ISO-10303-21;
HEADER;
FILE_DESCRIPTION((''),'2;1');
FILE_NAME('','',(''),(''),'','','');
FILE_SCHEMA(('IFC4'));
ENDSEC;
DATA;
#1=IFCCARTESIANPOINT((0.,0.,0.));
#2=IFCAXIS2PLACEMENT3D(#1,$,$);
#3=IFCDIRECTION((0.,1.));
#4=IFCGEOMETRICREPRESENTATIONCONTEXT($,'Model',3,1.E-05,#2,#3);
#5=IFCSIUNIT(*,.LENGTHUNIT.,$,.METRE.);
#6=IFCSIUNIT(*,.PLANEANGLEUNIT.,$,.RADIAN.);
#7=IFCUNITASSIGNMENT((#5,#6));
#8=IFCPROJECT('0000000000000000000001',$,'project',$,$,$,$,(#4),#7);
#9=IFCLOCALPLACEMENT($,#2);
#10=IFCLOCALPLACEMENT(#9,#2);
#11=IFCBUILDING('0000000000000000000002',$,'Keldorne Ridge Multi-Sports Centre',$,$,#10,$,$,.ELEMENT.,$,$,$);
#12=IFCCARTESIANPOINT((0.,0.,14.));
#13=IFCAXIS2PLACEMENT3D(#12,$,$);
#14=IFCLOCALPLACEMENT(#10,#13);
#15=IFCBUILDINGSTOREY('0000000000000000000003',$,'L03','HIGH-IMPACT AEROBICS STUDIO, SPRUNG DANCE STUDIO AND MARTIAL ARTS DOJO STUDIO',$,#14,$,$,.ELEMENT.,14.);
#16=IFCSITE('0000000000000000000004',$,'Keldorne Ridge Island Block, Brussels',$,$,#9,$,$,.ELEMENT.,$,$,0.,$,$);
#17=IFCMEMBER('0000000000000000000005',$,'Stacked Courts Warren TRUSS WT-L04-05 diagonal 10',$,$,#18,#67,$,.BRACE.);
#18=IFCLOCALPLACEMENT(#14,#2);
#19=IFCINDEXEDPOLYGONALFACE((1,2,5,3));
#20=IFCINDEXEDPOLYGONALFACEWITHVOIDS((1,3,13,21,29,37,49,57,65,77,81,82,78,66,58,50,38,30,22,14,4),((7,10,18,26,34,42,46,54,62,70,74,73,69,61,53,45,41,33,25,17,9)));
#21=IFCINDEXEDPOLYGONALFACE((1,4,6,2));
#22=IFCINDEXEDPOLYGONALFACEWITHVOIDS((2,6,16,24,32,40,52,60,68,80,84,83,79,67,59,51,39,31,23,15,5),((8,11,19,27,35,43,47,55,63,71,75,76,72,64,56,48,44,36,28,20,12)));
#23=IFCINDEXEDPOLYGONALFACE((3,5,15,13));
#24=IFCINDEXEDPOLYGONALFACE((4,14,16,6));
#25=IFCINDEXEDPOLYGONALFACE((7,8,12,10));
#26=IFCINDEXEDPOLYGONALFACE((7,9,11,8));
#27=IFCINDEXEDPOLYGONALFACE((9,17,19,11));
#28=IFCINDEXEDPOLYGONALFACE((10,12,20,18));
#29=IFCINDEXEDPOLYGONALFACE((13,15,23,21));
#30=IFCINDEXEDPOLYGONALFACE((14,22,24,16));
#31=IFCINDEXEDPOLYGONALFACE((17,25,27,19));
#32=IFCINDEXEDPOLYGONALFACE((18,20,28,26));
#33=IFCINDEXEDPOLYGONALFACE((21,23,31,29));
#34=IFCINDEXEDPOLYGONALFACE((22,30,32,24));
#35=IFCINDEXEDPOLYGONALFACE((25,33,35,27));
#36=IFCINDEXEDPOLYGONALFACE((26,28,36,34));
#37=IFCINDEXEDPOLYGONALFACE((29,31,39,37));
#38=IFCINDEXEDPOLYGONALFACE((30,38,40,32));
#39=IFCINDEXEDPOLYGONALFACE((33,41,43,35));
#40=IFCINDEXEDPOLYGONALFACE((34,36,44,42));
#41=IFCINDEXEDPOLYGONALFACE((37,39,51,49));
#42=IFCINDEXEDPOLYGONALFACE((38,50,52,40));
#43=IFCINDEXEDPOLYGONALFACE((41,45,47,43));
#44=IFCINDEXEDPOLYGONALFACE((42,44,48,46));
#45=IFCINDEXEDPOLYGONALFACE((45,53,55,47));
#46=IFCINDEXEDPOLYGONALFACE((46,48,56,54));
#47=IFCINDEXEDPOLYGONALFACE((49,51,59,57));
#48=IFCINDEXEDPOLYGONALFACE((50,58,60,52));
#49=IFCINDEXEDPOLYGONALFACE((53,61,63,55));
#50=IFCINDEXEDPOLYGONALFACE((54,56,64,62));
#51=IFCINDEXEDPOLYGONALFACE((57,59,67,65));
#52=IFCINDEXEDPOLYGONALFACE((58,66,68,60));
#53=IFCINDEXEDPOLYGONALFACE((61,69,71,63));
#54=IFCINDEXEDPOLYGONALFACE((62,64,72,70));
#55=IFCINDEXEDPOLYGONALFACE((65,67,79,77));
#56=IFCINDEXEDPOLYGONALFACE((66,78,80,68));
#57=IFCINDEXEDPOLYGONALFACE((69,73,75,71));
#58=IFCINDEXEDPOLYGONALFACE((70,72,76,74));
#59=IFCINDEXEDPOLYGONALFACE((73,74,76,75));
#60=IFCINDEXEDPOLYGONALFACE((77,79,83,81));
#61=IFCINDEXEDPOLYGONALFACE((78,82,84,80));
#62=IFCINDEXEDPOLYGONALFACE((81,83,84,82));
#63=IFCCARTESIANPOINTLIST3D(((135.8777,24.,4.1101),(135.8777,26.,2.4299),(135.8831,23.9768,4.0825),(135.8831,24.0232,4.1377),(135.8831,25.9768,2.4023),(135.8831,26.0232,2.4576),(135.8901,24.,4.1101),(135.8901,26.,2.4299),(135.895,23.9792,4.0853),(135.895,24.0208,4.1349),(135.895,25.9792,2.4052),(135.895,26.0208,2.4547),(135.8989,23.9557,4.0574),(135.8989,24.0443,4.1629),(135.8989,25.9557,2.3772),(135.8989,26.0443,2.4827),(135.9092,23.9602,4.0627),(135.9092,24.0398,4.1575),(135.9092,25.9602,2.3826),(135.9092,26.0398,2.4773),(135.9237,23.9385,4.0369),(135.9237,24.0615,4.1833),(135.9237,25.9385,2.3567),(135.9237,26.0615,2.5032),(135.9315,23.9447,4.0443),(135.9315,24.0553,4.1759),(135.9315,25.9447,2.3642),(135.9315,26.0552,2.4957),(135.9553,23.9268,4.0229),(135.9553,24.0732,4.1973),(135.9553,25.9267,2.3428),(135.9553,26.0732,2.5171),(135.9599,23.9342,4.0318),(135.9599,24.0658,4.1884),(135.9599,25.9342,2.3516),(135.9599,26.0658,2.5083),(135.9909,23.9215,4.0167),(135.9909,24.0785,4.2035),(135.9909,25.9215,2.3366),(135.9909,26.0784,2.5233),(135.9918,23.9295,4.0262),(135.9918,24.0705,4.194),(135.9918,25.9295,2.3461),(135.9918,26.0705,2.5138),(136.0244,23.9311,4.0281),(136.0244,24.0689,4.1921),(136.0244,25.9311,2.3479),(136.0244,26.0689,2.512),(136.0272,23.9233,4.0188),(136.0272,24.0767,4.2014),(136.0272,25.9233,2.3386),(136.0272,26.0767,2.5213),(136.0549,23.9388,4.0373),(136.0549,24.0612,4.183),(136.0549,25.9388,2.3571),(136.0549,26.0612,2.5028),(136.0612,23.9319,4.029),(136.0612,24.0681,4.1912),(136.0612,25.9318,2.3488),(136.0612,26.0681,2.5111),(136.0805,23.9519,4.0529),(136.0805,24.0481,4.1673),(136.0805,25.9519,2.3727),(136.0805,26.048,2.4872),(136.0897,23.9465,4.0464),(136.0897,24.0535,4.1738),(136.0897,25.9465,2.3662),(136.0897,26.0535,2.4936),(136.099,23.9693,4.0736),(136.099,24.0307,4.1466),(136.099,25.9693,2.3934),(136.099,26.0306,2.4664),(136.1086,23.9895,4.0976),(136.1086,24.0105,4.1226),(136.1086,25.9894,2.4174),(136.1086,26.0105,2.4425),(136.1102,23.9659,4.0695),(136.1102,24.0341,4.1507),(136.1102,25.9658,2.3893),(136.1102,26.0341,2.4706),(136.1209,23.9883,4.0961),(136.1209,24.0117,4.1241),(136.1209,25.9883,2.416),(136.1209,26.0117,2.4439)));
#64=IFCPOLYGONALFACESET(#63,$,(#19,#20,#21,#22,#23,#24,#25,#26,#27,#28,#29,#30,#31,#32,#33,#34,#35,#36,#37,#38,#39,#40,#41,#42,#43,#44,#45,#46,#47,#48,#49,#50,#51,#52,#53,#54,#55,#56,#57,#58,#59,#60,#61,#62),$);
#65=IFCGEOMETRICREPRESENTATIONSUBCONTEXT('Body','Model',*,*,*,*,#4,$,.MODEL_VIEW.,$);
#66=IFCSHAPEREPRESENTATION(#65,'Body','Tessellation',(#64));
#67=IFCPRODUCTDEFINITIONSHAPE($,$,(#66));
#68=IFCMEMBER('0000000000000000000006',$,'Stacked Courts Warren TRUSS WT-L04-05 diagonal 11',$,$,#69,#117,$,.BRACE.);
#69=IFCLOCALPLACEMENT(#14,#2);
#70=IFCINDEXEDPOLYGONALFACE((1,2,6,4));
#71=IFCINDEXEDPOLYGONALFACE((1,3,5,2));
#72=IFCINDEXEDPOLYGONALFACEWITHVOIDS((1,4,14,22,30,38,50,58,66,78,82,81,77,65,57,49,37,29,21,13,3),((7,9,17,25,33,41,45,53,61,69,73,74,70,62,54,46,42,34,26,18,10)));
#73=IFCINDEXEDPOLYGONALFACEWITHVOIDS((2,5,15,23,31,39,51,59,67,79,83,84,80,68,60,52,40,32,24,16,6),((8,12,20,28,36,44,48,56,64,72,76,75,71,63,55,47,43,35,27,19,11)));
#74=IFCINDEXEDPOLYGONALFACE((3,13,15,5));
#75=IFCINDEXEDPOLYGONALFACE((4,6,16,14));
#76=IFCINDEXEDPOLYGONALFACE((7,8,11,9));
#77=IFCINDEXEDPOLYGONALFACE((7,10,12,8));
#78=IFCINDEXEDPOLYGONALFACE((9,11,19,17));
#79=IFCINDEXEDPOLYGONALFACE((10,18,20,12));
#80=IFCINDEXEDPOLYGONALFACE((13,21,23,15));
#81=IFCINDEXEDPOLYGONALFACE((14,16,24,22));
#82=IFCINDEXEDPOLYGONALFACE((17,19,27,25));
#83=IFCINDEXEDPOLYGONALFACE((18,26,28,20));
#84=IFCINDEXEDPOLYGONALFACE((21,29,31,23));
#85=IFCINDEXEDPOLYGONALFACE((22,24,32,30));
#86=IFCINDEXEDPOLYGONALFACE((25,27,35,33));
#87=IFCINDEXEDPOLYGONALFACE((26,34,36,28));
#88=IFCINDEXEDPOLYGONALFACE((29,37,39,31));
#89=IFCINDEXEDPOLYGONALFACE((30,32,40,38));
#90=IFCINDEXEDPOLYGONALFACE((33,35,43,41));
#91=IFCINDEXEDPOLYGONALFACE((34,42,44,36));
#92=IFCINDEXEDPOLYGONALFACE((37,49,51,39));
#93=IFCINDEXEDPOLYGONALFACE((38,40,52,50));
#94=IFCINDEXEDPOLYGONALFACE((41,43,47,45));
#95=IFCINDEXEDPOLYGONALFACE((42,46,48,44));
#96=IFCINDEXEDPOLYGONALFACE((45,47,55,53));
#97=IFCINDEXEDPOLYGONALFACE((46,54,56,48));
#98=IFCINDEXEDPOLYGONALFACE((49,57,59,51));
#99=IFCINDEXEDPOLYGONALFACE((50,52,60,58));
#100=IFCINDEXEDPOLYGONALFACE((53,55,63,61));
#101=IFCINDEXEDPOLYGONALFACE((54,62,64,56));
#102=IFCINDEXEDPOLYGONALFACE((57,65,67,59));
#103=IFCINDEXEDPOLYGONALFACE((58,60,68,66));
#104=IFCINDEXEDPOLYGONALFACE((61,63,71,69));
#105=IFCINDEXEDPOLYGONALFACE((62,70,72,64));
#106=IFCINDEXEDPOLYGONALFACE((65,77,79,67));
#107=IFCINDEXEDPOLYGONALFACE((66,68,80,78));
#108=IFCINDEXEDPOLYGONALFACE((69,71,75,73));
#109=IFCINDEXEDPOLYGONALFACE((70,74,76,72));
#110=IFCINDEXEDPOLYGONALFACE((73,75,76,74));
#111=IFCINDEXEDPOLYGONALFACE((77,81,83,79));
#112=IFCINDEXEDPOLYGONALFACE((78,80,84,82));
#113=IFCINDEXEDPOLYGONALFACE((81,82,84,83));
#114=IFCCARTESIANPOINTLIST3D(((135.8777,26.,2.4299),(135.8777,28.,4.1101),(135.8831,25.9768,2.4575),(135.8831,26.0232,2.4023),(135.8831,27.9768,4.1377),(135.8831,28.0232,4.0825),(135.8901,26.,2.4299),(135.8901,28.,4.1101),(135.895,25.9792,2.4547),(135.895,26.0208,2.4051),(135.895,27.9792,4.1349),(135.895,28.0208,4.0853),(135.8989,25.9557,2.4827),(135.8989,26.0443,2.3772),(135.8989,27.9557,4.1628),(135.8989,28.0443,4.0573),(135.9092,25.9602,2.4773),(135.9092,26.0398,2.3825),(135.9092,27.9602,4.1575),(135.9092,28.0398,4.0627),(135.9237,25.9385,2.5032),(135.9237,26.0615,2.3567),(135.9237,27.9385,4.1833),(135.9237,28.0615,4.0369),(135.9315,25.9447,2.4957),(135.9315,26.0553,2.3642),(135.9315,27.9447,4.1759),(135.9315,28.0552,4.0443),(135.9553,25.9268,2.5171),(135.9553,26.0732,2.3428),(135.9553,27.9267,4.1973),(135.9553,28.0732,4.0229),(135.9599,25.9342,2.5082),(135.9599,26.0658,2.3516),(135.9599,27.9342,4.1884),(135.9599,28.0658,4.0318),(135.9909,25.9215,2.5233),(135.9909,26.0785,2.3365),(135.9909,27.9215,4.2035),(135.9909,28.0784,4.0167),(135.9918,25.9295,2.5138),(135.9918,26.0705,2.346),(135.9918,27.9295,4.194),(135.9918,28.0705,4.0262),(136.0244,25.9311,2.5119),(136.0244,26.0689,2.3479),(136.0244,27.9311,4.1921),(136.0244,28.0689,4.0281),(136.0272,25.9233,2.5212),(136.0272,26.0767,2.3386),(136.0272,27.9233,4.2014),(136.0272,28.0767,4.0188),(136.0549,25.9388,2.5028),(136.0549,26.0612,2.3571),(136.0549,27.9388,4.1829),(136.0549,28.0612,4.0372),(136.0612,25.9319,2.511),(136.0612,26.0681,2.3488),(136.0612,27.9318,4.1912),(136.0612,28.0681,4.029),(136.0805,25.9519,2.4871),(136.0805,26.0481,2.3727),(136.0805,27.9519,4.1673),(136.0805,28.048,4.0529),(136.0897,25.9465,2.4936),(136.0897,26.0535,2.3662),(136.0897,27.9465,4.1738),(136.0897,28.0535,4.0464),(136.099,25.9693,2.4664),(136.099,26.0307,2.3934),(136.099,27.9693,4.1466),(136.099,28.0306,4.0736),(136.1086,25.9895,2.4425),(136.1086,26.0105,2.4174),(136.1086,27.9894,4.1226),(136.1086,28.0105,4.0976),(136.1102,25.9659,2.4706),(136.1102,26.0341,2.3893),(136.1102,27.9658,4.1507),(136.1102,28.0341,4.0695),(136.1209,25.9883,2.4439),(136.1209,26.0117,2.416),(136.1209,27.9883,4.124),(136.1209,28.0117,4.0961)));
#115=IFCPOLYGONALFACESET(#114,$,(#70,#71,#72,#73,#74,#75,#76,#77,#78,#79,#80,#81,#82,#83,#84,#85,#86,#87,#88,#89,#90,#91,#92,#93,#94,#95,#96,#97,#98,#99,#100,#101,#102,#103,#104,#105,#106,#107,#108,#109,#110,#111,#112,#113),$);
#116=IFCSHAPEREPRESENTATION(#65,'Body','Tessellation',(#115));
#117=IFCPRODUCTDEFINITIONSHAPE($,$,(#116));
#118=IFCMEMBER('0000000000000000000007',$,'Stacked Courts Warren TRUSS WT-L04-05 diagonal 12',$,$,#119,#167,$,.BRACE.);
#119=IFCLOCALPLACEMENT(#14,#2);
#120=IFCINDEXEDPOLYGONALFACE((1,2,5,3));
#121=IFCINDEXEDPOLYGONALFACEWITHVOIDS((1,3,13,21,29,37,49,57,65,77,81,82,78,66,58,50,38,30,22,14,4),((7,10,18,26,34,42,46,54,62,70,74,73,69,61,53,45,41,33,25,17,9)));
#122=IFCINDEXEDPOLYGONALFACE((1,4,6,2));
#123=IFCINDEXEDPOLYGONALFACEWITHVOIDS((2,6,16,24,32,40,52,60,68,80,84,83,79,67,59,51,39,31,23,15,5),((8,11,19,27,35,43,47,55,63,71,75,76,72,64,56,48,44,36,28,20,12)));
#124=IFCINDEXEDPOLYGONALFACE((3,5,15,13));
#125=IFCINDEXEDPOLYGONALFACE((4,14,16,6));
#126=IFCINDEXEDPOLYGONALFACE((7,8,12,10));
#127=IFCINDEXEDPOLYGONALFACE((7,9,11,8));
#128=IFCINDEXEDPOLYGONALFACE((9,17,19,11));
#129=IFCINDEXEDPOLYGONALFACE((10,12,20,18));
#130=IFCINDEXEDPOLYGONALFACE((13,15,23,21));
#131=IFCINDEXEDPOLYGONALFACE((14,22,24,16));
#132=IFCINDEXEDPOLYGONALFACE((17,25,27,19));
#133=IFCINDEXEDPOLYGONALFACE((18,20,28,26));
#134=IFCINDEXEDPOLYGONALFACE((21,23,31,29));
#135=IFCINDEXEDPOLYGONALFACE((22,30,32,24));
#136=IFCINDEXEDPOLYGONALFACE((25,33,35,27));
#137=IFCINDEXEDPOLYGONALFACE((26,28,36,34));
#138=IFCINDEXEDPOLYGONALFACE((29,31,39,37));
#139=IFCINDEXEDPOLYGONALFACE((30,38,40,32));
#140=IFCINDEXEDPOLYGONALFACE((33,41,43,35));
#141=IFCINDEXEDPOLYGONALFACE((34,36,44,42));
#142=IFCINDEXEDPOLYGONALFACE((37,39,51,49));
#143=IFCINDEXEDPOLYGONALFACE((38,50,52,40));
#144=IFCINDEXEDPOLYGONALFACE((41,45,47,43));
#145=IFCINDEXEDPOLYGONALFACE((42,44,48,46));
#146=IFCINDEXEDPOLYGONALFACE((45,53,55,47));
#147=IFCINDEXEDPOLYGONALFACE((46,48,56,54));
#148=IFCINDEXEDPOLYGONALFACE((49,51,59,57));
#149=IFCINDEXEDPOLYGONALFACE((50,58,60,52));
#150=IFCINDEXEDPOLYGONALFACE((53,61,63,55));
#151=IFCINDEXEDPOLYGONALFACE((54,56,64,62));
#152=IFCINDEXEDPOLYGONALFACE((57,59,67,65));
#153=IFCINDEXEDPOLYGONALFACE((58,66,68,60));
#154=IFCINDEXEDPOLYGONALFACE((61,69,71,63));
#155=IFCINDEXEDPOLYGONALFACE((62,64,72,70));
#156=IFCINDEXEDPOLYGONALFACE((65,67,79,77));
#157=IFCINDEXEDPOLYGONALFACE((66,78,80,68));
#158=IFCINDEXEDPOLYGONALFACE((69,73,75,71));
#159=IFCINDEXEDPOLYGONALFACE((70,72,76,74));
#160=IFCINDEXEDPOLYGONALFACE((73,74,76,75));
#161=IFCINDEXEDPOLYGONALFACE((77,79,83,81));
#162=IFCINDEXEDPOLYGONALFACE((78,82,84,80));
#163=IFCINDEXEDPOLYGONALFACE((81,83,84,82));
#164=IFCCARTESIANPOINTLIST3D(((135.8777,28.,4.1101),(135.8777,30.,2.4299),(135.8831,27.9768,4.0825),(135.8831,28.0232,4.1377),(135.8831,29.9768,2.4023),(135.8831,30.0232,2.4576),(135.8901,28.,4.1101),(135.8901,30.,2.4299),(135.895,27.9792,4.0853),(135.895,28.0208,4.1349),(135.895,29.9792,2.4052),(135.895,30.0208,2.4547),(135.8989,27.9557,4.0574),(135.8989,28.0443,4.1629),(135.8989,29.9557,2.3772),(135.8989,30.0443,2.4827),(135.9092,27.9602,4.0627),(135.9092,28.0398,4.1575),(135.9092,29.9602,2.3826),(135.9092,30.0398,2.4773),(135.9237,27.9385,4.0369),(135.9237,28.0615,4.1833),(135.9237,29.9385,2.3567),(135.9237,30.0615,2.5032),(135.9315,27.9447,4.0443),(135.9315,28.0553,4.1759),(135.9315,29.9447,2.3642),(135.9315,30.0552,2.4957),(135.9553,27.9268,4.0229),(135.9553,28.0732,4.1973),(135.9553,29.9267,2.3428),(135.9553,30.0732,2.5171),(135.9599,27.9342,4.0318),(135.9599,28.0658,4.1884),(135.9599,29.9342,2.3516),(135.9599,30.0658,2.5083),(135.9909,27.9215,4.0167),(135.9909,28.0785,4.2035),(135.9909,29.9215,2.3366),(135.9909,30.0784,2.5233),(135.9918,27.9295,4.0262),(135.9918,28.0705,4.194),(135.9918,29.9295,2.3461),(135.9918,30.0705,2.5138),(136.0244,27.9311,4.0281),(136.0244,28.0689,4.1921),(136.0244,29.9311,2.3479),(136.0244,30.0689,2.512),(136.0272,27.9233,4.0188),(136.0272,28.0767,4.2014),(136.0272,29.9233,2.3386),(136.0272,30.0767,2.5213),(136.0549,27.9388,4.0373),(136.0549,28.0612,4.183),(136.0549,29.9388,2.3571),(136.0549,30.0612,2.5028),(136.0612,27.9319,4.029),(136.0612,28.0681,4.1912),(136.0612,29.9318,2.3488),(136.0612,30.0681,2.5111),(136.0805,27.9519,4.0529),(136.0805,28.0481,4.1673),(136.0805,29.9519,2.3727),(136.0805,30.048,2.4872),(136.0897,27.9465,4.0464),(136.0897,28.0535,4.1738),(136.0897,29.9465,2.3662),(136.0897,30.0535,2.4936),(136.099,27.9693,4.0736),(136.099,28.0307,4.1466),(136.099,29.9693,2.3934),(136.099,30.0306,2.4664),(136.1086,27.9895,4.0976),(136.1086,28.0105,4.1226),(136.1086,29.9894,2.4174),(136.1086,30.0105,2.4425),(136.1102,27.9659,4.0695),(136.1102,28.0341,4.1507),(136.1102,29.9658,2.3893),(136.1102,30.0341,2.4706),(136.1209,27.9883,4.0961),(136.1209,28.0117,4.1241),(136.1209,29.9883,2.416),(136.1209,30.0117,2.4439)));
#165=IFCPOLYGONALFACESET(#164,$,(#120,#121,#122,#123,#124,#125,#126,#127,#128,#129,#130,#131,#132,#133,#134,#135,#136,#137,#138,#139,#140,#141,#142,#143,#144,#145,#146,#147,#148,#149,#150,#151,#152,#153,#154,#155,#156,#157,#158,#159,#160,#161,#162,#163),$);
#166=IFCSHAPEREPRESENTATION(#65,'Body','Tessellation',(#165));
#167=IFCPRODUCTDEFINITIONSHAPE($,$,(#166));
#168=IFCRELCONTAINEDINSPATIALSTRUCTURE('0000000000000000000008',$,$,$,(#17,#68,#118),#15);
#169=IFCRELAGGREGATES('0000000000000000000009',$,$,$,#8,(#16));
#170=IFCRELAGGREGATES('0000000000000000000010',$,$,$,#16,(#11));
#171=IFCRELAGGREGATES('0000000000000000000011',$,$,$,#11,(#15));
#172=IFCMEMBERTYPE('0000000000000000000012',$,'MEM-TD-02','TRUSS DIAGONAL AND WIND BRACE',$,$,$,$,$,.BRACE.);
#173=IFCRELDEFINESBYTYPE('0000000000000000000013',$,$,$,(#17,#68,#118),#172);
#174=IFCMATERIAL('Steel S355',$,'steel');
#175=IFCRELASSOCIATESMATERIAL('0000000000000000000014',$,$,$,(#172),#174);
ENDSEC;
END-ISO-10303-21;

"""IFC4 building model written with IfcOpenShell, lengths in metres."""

from ifc_helpers import new_model, si_unit, direction, frame, origin, origin_2d, place, context, subcontext, project, spatial, hollow_circle, extrude, material, material_profile, profile_set, type_object, element, save


model = new_model("IFC4")

# Units and contexts
model_context = context("Model", 3, precision=1e-05, world=origin(), true_north=direction((0.0, 1.0)))
body_context = subcontext(model_context, "Body", "Model", "MODEL_VIEW")
ifc_project = project(units=[si_unit("LENGTHUNIT", "METRE"), si_unit("PLANEANGLEUNIT", "RADIAN")], contexts=[model_context])

# Site, building, storey
site_placement = place(None, origin())
site = spatial("IfcSite", under=ifc_project, at=site_placement, Name="Keldorne Ridge Island Block, Brussels", CompositionType="ELEMENT", RefElevation=0.0)
building_placement = place(site_placement, origin())
building = spatial("IfcBuilding", under=site, at=building_placement, Name="Keldorne Ridge Multi-Sports Centre", CompositionType="ELEMENT")
storey_placement = place(building_placement, frame((0.0, 0.0, 14.0)))
storey = spatial("IfcBuildingStorey", under=building, at=storey_placement, Name="L03", Description="HIGH-IMPACT AEROBICS STUDIO, SPRUNG DANCE STUDIO AND MARTIAL ARTS DOJO STUDIO", CompositionType="ELEMENT", Elevation=14.0)

# Members
ifc_material = material(Name="Steel S355", Category="steel")
ifc_material_profile_1 = material_profile(ifc_material, hollow_circle(Radius=0.1223, WallThickness=0.0125, at=origin_2d()), Name="CHS 244.5x12.5")
ifc_profile_set_1 = profile_set([ifc_material_profile_1], Name="Steel S355")
member_type_1 = type_object("IfcMemberType", Name="MEM-TD-02", Description="TRUSS DIAGONAL AND WIND BRACE", PredefinedType="BRACE", material=ifc_profile_set_1)
for number, where, z_axis, x_axis, name in (
    (1, (136.0, 24.0, 4.1101), (0.0, 0.765672, -0.643232), (-1.0, 0.0, 0.0), "Stacked Courts Warren TRUSS WT-L04-05 diagonal 10"),
    (2, (136.0, 26.0, 2.4299), (0.0, 0.765672, 0.643232), (-1.0, 0.0, 0.0), "Stacked Courts Warren TRUSS WT-L04-05 diagonal 11"),
    (3, (136.0, 28.0, 4.1101), (0.0, 0.765672, -0.643232), (-1.0, 0.0, 0.0), "Stacked Courts Warren TRUSS WT-L04-05 diagonal 12"),
):
    element("IfcMember", number, at=place(storey_placement, frame(where, z_axis=z_axis, x_axis=x_axis)), inside=storey, type_object=member_type_1, Name=name, PredefinedType="BRACE", context=body_context, shape_type="SweptSolid", body=[
        extrude(hollow_circle(Radius=0.1223, WallThickness=0.0125, at=origin_2d()), origin(), (0.0, 0.0, 1.0), 2.6121),
    ])

save(model, "model.ifc")
